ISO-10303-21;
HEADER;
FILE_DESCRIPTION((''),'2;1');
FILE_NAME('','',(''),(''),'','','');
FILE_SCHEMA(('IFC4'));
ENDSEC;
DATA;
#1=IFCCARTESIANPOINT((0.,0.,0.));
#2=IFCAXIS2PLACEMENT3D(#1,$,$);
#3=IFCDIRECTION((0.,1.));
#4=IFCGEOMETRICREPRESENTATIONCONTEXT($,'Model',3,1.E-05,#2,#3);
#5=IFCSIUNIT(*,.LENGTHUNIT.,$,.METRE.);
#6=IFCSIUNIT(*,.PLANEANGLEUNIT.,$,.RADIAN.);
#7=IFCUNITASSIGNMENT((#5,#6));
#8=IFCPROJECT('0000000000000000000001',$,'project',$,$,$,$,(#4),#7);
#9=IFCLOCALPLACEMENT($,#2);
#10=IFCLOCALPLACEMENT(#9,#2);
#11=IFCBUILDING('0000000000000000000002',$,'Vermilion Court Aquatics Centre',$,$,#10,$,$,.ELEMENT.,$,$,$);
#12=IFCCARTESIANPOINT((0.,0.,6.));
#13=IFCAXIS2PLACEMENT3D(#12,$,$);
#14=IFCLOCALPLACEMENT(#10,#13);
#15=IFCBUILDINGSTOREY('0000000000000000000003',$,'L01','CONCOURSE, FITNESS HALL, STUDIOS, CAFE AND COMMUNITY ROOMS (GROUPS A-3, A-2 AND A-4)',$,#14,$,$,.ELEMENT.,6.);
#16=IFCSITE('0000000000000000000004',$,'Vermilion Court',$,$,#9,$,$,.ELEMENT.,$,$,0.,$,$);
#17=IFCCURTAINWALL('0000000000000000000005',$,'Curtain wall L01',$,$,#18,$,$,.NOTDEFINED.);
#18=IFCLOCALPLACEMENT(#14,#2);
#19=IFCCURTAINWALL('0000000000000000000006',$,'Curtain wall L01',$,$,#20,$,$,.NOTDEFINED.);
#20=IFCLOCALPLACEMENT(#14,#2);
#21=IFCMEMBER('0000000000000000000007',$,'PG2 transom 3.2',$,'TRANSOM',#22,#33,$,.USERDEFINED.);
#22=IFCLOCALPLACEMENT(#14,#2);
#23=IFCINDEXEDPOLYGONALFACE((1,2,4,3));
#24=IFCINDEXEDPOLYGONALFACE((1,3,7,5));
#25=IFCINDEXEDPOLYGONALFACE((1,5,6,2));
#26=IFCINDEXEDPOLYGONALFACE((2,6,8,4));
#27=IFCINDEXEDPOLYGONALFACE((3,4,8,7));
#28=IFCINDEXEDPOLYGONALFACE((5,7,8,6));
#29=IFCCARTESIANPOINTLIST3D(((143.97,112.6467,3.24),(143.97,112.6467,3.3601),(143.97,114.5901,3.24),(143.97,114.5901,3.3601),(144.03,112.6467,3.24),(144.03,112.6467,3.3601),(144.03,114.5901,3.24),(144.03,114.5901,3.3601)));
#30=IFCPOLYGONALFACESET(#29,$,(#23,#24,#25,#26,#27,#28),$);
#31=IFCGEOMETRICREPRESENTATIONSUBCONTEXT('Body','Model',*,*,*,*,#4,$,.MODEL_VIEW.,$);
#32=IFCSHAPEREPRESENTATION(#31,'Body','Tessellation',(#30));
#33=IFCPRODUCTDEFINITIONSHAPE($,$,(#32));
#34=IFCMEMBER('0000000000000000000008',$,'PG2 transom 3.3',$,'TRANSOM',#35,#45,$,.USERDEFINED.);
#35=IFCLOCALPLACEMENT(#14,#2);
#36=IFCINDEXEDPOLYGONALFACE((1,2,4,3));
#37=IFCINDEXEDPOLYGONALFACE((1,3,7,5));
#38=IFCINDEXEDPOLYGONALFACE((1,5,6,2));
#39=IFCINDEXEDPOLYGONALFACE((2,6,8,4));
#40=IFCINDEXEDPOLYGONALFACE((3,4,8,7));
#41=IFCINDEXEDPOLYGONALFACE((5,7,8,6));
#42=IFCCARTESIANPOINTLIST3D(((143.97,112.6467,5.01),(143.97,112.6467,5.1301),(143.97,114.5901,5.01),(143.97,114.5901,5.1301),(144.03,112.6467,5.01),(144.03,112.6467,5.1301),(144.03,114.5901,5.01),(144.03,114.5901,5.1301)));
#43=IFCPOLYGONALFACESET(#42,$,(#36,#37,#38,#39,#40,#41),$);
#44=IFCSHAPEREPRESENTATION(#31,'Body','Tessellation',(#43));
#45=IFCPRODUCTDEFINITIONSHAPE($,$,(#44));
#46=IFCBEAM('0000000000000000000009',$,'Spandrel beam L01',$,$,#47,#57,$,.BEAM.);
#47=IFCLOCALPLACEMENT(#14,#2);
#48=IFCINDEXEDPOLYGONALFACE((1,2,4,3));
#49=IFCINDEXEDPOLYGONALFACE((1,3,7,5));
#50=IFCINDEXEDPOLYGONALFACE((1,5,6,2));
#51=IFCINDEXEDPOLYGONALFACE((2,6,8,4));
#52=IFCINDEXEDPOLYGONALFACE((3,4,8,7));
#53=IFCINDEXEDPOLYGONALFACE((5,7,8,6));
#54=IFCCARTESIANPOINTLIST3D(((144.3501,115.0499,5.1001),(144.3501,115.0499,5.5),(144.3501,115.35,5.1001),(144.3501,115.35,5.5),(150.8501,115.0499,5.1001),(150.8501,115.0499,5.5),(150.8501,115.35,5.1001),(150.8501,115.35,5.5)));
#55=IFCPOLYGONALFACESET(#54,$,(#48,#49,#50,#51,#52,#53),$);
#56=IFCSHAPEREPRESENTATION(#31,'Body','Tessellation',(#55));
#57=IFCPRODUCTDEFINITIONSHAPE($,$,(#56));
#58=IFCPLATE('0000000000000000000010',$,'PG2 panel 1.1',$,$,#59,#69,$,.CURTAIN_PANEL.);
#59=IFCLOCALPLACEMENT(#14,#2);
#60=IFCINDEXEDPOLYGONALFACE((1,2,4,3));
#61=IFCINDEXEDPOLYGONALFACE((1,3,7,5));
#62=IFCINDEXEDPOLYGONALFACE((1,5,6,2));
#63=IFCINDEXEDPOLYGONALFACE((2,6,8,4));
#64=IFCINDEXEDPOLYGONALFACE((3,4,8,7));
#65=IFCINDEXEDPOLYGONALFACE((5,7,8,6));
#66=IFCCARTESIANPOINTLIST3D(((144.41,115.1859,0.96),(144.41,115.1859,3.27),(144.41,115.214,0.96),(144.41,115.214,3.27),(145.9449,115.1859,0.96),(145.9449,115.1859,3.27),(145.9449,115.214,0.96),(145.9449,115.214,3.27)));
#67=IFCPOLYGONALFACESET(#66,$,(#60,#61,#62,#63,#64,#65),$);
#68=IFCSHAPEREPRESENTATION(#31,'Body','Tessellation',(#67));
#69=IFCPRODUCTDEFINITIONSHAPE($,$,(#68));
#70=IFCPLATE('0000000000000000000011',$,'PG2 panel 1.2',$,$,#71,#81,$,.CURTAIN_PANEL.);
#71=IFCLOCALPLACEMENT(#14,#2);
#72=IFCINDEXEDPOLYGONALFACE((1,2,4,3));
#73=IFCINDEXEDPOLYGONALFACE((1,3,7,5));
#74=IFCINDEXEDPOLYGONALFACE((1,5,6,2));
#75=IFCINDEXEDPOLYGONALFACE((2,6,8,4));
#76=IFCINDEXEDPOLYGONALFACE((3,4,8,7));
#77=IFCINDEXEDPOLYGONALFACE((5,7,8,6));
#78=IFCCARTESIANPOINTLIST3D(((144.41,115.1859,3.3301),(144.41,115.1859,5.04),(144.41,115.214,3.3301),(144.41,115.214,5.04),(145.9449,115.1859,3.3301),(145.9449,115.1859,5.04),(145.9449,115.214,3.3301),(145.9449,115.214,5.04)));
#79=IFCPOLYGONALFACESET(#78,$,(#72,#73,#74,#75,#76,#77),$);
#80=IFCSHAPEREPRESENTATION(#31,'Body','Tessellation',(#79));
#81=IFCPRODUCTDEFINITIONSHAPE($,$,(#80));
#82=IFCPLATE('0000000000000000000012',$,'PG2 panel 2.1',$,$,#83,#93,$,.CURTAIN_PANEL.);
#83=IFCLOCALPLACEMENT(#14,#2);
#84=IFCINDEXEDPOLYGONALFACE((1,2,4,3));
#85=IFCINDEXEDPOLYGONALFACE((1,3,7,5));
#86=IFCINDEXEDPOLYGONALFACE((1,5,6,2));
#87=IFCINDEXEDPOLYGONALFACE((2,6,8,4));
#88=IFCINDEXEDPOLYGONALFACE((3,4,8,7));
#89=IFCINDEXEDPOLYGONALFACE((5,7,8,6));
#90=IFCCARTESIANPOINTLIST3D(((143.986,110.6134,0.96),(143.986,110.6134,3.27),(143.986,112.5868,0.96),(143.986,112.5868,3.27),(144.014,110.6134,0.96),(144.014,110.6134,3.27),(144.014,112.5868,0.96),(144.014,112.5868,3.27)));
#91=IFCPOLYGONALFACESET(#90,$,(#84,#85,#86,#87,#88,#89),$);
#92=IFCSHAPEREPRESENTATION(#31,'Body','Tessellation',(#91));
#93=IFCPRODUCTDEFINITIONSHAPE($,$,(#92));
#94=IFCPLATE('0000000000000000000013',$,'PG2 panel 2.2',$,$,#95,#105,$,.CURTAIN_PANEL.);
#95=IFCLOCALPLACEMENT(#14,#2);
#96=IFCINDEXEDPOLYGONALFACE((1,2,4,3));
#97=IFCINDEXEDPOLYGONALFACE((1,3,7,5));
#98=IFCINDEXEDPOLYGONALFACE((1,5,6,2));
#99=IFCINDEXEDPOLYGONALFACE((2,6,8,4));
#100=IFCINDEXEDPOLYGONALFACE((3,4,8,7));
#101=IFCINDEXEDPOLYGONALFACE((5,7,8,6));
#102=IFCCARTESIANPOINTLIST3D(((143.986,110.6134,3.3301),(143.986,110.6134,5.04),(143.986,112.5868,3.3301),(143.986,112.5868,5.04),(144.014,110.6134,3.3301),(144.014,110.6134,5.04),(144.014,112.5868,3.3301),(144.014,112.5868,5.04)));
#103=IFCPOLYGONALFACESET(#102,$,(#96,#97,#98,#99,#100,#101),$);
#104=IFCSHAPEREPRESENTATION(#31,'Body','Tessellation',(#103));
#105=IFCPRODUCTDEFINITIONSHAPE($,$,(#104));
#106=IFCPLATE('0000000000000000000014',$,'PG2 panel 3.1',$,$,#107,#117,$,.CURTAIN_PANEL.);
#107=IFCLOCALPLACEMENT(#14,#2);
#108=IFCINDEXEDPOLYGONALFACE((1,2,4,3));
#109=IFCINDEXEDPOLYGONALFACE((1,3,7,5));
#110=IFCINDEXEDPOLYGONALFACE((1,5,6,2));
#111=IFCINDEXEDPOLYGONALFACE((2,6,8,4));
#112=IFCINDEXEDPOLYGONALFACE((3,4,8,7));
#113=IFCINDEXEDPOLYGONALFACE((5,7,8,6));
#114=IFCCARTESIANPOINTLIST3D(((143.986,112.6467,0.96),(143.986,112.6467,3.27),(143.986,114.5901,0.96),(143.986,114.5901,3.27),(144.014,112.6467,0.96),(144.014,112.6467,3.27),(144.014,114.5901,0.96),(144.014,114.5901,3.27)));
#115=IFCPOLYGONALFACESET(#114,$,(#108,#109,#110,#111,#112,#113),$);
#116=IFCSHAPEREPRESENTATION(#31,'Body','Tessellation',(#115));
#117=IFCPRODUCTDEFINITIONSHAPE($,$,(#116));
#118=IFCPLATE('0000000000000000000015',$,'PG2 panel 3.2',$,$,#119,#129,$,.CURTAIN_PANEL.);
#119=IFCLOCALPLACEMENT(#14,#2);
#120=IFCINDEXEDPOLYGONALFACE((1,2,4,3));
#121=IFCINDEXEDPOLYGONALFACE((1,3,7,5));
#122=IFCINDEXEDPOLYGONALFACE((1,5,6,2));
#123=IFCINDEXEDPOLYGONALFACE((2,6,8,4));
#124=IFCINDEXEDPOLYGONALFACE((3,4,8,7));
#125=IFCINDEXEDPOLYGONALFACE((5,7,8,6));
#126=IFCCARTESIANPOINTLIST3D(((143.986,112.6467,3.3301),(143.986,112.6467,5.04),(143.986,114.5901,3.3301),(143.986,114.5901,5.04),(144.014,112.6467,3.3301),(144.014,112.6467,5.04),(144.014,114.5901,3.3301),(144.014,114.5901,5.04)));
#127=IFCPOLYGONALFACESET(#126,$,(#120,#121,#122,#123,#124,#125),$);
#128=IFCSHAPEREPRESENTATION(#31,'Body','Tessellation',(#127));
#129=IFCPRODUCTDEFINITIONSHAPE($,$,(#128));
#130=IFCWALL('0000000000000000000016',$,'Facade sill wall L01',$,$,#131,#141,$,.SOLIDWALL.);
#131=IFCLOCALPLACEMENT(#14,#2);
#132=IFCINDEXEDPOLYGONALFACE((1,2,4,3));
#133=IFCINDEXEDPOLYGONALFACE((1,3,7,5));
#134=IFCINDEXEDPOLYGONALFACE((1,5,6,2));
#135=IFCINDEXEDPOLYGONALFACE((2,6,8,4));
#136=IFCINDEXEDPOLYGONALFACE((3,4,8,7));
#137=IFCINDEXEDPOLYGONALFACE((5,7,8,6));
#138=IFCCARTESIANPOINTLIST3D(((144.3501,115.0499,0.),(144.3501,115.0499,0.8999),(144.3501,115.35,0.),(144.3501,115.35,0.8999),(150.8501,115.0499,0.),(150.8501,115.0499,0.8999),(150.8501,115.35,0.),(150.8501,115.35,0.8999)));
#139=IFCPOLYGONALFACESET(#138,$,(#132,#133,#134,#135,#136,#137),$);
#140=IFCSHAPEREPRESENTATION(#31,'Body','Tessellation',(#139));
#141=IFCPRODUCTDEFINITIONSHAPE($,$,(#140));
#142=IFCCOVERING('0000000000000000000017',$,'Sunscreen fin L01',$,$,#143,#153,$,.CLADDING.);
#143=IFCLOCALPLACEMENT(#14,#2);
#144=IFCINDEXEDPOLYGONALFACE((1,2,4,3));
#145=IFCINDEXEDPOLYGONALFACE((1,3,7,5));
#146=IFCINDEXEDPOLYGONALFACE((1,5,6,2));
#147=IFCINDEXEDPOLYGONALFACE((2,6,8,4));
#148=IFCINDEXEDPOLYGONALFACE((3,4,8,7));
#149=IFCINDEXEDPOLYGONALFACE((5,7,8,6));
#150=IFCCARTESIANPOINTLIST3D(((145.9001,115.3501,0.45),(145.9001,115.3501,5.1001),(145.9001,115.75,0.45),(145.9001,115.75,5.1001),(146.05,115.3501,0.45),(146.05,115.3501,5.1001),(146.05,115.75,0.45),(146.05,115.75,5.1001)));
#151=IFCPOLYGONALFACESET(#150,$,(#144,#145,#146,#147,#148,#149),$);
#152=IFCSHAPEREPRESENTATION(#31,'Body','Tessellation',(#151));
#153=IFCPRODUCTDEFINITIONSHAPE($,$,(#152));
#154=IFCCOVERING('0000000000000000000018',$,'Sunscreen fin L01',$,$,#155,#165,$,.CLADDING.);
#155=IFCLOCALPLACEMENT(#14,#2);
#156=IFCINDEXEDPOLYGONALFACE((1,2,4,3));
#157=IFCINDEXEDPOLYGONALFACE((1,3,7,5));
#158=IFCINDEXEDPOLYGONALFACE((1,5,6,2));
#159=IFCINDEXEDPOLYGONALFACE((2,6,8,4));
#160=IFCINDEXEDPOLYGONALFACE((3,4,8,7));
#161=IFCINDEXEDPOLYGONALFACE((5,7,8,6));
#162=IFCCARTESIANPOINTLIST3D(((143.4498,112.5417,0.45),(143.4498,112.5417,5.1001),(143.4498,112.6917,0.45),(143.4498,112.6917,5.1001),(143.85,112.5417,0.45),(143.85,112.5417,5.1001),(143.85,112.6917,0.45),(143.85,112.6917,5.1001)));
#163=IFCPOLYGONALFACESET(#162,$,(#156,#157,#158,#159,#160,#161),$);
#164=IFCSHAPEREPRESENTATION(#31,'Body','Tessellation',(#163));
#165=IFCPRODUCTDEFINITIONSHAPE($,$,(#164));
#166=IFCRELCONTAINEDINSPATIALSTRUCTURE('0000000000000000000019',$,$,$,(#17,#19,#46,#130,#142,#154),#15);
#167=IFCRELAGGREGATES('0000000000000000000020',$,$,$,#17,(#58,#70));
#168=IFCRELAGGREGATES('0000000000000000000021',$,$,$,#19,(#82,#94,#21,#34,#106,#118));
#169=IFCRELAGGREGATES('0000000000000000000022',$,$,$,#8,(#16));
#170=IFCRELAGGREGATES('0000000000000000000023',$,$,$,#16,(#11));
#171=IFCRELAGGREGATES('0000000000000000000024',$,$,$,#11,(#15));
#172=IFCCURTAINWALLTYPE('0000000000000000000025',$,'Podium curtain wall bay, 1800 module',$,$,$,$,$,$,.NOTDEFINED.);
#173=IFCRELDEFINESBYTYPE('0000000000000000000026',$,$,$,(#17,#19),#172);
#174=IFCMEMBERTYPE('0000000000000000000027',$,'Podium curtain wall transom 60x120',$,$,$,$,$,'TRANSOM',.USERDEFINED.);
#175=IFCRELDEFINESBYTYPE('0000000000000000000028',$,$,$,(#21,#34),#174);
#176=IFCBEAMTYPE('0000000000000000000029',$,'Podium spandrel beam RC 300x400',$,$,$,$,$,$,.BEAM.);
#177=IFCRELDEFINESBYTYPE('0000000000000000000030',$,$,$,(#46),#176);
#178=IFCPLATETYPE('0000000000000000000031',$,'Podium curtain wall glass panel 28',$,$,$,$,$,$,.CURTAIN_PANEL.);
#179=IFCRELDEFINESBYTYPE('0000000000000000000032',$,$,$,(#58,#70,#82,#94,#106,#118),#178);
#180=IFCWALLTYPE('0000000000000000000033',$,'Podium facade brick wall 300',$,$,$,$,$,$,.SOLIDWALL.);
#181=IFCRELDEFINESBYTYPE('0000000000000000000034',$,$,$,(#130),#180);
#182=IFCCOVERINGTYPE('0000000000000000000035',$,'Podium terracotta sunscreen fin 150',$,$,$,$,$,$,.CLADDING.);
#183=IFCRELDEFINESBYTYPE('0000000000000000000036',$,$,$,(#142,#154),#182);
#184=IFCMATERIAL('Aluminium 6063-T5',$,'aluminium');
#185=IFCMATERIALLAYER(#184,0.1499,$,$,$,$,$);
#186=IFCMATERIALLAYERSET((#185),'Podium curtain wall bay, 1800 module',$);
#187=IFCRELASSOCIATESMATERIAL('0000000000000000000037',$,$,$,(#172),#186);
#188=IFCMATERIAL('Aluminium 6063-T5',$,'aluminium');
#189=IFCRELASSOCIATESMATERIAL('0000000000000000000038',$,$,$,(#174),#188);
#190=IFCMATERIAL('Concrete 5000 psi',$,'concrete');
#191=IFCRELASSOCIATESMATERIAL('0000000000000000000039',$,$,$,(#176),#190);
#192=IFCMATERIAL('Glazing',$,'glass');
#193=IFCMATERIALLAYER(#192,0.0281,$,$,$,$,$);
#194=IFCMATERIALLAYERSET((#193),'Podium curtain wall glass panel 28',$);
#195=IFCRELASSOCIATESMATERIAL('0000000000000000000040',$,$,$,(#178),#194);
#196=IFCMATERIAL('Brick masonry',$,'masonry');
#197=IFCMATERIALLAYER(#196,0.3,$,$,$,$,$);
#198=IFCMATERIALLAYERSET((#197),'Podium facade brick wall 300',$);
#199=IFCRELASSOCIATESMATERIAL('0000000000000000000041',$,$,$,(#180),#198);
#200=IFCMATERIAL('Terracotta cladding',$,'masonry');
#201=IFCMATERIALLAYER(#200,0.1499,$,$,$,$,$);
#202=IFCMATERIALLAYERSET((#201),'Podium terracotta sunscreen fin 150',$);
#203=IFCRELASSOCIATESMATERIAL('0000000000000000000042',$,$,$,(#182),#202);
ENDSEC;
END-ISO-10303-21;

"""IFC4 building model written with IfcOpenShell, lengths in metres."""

from ifc_helpers import new_model, si_unit, direction, frame, frame_2d, origin, origin_2d, place, context, subcontext, project, spatial, rectangle, extrude, material, layer, layer_set, material_profile, profile_set, type_object, element, aggregate, save


model = new_model("IFC4")

# Units and contexts
model_context = context("Model", 3, precision=1e-05, world=origin(), true_north=direction((0.0, 1.0)))
body_context = subcontext(model_context, "Body", "Model", "MODEL_VIEW")
ifc_project = project(units=[si_unit("LENGTHUNIT", "METRE"), si_unit("PLANEANGLEUNIT", "RADIAN")], contexts=[model_context])

# Site, building, storey
site_placement = place(None, origin())
site = spatial("IfcSite", under=ifc_project, at=site_placement, Name="Vermilion Court", CompositionType="ELEMENT", RefElevation=0.0)
building_placement = place(site_placement, origin())
building = spatial("IfcBuilding", under=site, at=building_placement, Name="Vermilion Court Aquatics Centre", CompositionType="ELEMENT")
storey_placement = place(building_placement, frame((0.0, 0.0, 6.0)))
storey = spatial("IfcBuildingStorey", under=building, at=storey_placement, Name="L01", Description="CONCOURSE, FITNESS HALL, STUDIOS, CAFE AND COMMUNITY ROOMS (GROUPS A-3, A-2 AND A-4)", CompositionType="ELEMENT", Elevation=6.0)

# Curtain walls
ifc_material_1 = material(Name="Aluminium 6063-T5", Category="aluminium")
ifc_layer_1 = layer(ifc_material_1, 0.1499)
ifc_layer_set_1 = layer_set([ifc_layer_1], Name="Podium curtain wall bay, 1800 module")
curtain_wall_type = type_object("IfcCurtainWallType", Name="Podium curtain wall bay, 1800 module", PredefinedType="NOTDEFINED", material=ifc_layer_set_1)
curtain_wall_1_placement = place(storey_placement, origin())
curtain_wall_1 = element("IfcCurtainWall", 1, at=curtain_wall_1_placement, inside=storey, type_object=curtain_wall_type, Name="Curtain wall L01", PredefinedType="NOTDEFINED")
curtain_wall_2_placement = place(storey_placement, origin())
curtain_wall_2 = element("IfcCurtainWall", 2, at=curtain_wall_2_placement, inside=storey, type_object=curtain_wall_type, Name="Curtain wall L01", PredefinedType="NOTDEFINED")

# Members
ifc_material_2 = material(Name="Aluminium 6063-T5", Category="aluminium")
ifc_material_profile_1 = material_profile(ifc_material_2, rectangle(XDim=0.0601, YDim=0.1201, at=origin_2d()), Name="Transom 60x120")
ifc_profile_set_1 = profile_set([ifc_material_profile_1], Name="Aluminium 6063-T5")
member_type_1 = type_object("IfcMemberType", Name="Podium curtain wall transom 60x120", ElementType="TRANSOM", PredefinedType="USERDEFINED", material=ifc_profile_set_1)
member_1_placement = place(storey_placement, frame((144.0, 112.6467, 3.3), z_axis=(0.0, 1.0, 0.0), x_axis=(-1.0, 0.0, 0.0)))
member_1 = element("IfcMember", 3, at=member_1_placement, type_object=member_type_1, Name="PG2 transom 3.2", ObjectType="TRANSOM", PredefinedType="USERDEFINED", context=body_context, shape_type="SweptSolid", body=[
    extrude(rectangle(XDim=0.0601, YDim=0.1201, at=origin_2d()), origin(), (0.0, 0.0, 1.0), 1.9434),
])
member_2_placement = place(storey_placement, frame((144.0, 112.6467, 5.0701), z_axis=(0.0, 1.0, 0.0), x_axis=(-1.0, 0.0, 0.0)))
member_2 = element("IfcMember", 4, at=member_2_placement, type_object=member_type_1, Name="PG2 transom 3.3", ObjectType="TRANSOM", PredefinedType="USERDEFINED", context=body_context, shape_type="SweptSolid", body=[
    extrude(rectangle(XDim=0.0601, YDim=0.1201, at=origin_2d()), origin(), (0.0, 0.0, 1.0), 1.9434),
])

# Beam
ifc_material_3 = material(Name="Concrete 5000 psi", Category="concrete")
ifc_material_profile_2 = material_profile(ifc_material_3, rectangle(XDim=0.3, YDim=0.3999, at=origin_2d()), Name="RC 300x400")
ifc_profile_set_2 = profile_set([ifc_material_profile_2], Name="Concrete 5000 psi")
beam_type = type_object("IfcBeamType", Name="Podium spandrel beam RC 300x400", PredefinedType="BEAM", material=ifc_profile_set_2)
beam_placement = place(storey_placement, frame((144.3501, 115.2, 5.3), z_axis=(1.0, 0.0, 0.0), x_axis=(0.0, 1.0, 0.0)))
element("IfcBeam", 5, at=beam_placement, inside=storey, type_object=beam_type, Name="Spandrel beam L01", PredefinedType="BEAM", context=body_context, shape_type="SweptSolid", body=[
    extrude(rectangle(XDim=0.3, YDim=0.3999, at=origin_2d()), origin(), (0.0, 0.0, 1.0), 6.5),
])

# Plates
ifc_material_4 = material(Name="Glazing", Category="glass")
ifc_layer_2 = layer(ifc_material_4, 0.0281)
ifc_layer_set_2 = layer_set([ifc_layer_2], Name="Podium curtain wall glass panel 28")
plate_type = type_object("IfcPlateType", Name="Podium curtain wall glass panel 28", PredefinedType="CURTAIN_PANEL", material=ifc_layer_set_2)
plate_1_placement = place(storey_placement, frame((145.1775, 115.2, 0.96), z_axis=(0.0, 0.0, 1.0), x_axis=(1.0, 0.0, 0.0)))
plate_1 = element("IfcPlate", 6, at=plate_1_placement, type_object=plate_type, Name="PG2 panel 1.1", PredefinedType="CURTAIN_PANEL", context=body_context, shape_type="SweptSolid", body=[
    extrude(rectangle(XDim=1.5349, YDim=0.0281, at=origin_2d()), origin(), (0.0, 0.0, 1.0), 2.3101),
])
plate_2_placement = place(storey_placement, frame((145.1775, 115.2, 3.3301), z_axis=(0.0, 0.0, 1.0), x_axis=(1.0, 0.0, 0.0)))
plate_2 = element("IfcPlate", 7, at=plate_2_placement, type_object=plate_type, Name="PG2 panel 1.2", PredefinedType="CURTAIN_PANEL", context=body_context, shape_type="SweptSolid", body=[
    extrude(rectangle(XDim=1.5349, YDim=0.0281, at=origin_2d()), origin(), (0.0, 0.0, 1.0), 1.71),
])
aggregate(curtain_wall_1, [plate_1, plate_2])
plate_3_placement = place(storey_placement, frame((144.0, 111.6001, 0.96), z_axis=(0.0, 0.0, 1.0), x_axis=(0.0, 1.0, 0.0)))
plate_3 = element("IfcPlate", 8, at=plate_3_placement, type_object=plate_type, Name="PG2 panel 2.1", PredefinedType="CURTAIN_PANEL", context=body_context, shape_type="SweptSolid", body=[
    extrude(rectangle(XDim=1.9734, YDim=0.0281, at=origin_2d()), origin(), (0.0, 0.0, 1.0), 2.3101),
])
plate_4_placement = place(storey_placement, frame((144.0, 111.6001, 3.3301), z_axis=(0.0, 0.0, 1.0), x_axis=(0.0, 1.0, 0.0)))
plate_4 = element("IfcPlate", 9, at=plate_4_placement, type_object=plate_type, Name="PG2 panel 2.2", PredefinedType="CURTAIN_PANEL", context=body_context, shape_type="SweptSolid", body=[
    extrude(rectangle(XDim=1.9734, YDim=0.0281, at=origin_2d()), origin(), (0.0, 0.0, 1.0), 1.71),
])
plate_5_placement = place(storey_placement, frame((144.0, 113.6184, 0.96), z_axis=(0.0, 0.0, 1.0), x_axis=(0.0, 1.0, 0.0)))
plate_5 = element("IfcPlate", 10, at=plate_5_placement, type_object=plate_type, Name="PG2 panel 3.1", PredefinedType="CURTAIN_PANEL", context=body_context, shape_type="SweptSolid", body=[
    extrude(rectangle(XDim=1.9434, YDim=0.0281, at=origin_2d()), origin(), (0.0, 0.0, 1.0), 2.3101),
])
plate_6_placement = place(storey_placement, frame((144.0, 113.6184, 3.3301), z_axis=(0.0, 0.0, 1.0), x_axis=(0.0, 1.0, 0.0)))
plate_6 = element("IfcPlate", 11, at=plate_6_placement, type_object=plate_type, Name="PG2 panel 3.2", PredefinedType="CURTAIN_PANEL", context=body_context, shape_type="SweptSolid", body=[
    extrude(rectangle(XDim=1.9434, YDim=0.0281, at=origin_2d()), origin(), (0.0, 0.0, 1.0), 1.71),
])
aggregate(curtain_wall_2, [plate_3, plate_4, member_1, member_2, plate_5, plate_6])

# Wall
ifc_material_5 = material(Name="Brick masonry", Category="masonry")
ifc_layer_3 = layer(ifc_material_5, 0.3)
ifc_layer_set_3 = layer_set([ifc_layer_3], Name="Podium facade brick wall 300")
wall_type = type_object("IfcWallType", Name="Podium facade brick wall 300", PredefinedType="SOLIDWALL", material=ifc_layer_set_3)
wall_placement = place(storey_placement, frame((144.3501, 115.2, 0.0), z_axis=(0.0, 0.0, 1.0), x_axis=(1.0, 0.0, 0.0)))
element("IfcWall", 12, at=wall_placement, inside=storey, type_object=wall_type, Name="Facade sill wall L01", PredefinedType="SOLIDWALL", context=body_context, shape_type="SweptSolid", body=[
    extrude(rectangle(XDim=6.5, YDim=0.3, at=frame_2d((3.25, 0.0))), origin(), (0.0, 0.0, 1.0), 0.8999),
])

# Coverings
ifc_material_6 = material(Name="Terracotta cladding", Category="masonry")
ifc_layer_4 = layer(ifc_material_6, 0.1499)
ifc_layer_set_4 = layer_set([ifc_layer_4], Name="Podium terracotta sunscreen fin 150")
covering_type = type_object("IfcCoveringType", Name="Podium terracotta sunscreen fin 150", PredefinedType="CLADDING", material=ifc_layer_set_4)
covering_1_placement = place(storey_placement, frame((145.9751, 115.3501, 0.45), z_axis=(0.0, 0.0, 1.0), x_axis=(0.0, 1.0, 0.0)))
element("IfcCovering", 13, at=covering_1_placement, inside=storey, type_object=covering_type, Name="Sunscreen fin L01", PredefinedType="CLADDING", context=body_context, shape_type="SweptSolid", body=[
    extrude(rectangle(XDim=0.3999, YDim=0.1499, at=frame_2d((0.2, 0.0))), origin(), (0.0, 0.0, 1.0), 4.6501),
])
covering_2_placement = place(storey_placement, frame((143.8501, 112.6167, 0.45), z_axis=(0.0, 0.0, 1.0), x_axis=(-1.0, 0.0, 0.0)))
element("IfcCovering", 14, at=covering_2_placement, inside=storey, type_object=covering_type, Name="Sunscreen fin L01", PredefinedType="CLADDING", context=body_context, shape_type="SweptSolid", body=[
    extrude(rectangle(XDim=0.4001, YDim=0.1499, at=frame_2d((0.2002, 0.0))), origin(), (0.0, 0.0, 1.0), 4.6501),
])

save(model, "model.ifc")
